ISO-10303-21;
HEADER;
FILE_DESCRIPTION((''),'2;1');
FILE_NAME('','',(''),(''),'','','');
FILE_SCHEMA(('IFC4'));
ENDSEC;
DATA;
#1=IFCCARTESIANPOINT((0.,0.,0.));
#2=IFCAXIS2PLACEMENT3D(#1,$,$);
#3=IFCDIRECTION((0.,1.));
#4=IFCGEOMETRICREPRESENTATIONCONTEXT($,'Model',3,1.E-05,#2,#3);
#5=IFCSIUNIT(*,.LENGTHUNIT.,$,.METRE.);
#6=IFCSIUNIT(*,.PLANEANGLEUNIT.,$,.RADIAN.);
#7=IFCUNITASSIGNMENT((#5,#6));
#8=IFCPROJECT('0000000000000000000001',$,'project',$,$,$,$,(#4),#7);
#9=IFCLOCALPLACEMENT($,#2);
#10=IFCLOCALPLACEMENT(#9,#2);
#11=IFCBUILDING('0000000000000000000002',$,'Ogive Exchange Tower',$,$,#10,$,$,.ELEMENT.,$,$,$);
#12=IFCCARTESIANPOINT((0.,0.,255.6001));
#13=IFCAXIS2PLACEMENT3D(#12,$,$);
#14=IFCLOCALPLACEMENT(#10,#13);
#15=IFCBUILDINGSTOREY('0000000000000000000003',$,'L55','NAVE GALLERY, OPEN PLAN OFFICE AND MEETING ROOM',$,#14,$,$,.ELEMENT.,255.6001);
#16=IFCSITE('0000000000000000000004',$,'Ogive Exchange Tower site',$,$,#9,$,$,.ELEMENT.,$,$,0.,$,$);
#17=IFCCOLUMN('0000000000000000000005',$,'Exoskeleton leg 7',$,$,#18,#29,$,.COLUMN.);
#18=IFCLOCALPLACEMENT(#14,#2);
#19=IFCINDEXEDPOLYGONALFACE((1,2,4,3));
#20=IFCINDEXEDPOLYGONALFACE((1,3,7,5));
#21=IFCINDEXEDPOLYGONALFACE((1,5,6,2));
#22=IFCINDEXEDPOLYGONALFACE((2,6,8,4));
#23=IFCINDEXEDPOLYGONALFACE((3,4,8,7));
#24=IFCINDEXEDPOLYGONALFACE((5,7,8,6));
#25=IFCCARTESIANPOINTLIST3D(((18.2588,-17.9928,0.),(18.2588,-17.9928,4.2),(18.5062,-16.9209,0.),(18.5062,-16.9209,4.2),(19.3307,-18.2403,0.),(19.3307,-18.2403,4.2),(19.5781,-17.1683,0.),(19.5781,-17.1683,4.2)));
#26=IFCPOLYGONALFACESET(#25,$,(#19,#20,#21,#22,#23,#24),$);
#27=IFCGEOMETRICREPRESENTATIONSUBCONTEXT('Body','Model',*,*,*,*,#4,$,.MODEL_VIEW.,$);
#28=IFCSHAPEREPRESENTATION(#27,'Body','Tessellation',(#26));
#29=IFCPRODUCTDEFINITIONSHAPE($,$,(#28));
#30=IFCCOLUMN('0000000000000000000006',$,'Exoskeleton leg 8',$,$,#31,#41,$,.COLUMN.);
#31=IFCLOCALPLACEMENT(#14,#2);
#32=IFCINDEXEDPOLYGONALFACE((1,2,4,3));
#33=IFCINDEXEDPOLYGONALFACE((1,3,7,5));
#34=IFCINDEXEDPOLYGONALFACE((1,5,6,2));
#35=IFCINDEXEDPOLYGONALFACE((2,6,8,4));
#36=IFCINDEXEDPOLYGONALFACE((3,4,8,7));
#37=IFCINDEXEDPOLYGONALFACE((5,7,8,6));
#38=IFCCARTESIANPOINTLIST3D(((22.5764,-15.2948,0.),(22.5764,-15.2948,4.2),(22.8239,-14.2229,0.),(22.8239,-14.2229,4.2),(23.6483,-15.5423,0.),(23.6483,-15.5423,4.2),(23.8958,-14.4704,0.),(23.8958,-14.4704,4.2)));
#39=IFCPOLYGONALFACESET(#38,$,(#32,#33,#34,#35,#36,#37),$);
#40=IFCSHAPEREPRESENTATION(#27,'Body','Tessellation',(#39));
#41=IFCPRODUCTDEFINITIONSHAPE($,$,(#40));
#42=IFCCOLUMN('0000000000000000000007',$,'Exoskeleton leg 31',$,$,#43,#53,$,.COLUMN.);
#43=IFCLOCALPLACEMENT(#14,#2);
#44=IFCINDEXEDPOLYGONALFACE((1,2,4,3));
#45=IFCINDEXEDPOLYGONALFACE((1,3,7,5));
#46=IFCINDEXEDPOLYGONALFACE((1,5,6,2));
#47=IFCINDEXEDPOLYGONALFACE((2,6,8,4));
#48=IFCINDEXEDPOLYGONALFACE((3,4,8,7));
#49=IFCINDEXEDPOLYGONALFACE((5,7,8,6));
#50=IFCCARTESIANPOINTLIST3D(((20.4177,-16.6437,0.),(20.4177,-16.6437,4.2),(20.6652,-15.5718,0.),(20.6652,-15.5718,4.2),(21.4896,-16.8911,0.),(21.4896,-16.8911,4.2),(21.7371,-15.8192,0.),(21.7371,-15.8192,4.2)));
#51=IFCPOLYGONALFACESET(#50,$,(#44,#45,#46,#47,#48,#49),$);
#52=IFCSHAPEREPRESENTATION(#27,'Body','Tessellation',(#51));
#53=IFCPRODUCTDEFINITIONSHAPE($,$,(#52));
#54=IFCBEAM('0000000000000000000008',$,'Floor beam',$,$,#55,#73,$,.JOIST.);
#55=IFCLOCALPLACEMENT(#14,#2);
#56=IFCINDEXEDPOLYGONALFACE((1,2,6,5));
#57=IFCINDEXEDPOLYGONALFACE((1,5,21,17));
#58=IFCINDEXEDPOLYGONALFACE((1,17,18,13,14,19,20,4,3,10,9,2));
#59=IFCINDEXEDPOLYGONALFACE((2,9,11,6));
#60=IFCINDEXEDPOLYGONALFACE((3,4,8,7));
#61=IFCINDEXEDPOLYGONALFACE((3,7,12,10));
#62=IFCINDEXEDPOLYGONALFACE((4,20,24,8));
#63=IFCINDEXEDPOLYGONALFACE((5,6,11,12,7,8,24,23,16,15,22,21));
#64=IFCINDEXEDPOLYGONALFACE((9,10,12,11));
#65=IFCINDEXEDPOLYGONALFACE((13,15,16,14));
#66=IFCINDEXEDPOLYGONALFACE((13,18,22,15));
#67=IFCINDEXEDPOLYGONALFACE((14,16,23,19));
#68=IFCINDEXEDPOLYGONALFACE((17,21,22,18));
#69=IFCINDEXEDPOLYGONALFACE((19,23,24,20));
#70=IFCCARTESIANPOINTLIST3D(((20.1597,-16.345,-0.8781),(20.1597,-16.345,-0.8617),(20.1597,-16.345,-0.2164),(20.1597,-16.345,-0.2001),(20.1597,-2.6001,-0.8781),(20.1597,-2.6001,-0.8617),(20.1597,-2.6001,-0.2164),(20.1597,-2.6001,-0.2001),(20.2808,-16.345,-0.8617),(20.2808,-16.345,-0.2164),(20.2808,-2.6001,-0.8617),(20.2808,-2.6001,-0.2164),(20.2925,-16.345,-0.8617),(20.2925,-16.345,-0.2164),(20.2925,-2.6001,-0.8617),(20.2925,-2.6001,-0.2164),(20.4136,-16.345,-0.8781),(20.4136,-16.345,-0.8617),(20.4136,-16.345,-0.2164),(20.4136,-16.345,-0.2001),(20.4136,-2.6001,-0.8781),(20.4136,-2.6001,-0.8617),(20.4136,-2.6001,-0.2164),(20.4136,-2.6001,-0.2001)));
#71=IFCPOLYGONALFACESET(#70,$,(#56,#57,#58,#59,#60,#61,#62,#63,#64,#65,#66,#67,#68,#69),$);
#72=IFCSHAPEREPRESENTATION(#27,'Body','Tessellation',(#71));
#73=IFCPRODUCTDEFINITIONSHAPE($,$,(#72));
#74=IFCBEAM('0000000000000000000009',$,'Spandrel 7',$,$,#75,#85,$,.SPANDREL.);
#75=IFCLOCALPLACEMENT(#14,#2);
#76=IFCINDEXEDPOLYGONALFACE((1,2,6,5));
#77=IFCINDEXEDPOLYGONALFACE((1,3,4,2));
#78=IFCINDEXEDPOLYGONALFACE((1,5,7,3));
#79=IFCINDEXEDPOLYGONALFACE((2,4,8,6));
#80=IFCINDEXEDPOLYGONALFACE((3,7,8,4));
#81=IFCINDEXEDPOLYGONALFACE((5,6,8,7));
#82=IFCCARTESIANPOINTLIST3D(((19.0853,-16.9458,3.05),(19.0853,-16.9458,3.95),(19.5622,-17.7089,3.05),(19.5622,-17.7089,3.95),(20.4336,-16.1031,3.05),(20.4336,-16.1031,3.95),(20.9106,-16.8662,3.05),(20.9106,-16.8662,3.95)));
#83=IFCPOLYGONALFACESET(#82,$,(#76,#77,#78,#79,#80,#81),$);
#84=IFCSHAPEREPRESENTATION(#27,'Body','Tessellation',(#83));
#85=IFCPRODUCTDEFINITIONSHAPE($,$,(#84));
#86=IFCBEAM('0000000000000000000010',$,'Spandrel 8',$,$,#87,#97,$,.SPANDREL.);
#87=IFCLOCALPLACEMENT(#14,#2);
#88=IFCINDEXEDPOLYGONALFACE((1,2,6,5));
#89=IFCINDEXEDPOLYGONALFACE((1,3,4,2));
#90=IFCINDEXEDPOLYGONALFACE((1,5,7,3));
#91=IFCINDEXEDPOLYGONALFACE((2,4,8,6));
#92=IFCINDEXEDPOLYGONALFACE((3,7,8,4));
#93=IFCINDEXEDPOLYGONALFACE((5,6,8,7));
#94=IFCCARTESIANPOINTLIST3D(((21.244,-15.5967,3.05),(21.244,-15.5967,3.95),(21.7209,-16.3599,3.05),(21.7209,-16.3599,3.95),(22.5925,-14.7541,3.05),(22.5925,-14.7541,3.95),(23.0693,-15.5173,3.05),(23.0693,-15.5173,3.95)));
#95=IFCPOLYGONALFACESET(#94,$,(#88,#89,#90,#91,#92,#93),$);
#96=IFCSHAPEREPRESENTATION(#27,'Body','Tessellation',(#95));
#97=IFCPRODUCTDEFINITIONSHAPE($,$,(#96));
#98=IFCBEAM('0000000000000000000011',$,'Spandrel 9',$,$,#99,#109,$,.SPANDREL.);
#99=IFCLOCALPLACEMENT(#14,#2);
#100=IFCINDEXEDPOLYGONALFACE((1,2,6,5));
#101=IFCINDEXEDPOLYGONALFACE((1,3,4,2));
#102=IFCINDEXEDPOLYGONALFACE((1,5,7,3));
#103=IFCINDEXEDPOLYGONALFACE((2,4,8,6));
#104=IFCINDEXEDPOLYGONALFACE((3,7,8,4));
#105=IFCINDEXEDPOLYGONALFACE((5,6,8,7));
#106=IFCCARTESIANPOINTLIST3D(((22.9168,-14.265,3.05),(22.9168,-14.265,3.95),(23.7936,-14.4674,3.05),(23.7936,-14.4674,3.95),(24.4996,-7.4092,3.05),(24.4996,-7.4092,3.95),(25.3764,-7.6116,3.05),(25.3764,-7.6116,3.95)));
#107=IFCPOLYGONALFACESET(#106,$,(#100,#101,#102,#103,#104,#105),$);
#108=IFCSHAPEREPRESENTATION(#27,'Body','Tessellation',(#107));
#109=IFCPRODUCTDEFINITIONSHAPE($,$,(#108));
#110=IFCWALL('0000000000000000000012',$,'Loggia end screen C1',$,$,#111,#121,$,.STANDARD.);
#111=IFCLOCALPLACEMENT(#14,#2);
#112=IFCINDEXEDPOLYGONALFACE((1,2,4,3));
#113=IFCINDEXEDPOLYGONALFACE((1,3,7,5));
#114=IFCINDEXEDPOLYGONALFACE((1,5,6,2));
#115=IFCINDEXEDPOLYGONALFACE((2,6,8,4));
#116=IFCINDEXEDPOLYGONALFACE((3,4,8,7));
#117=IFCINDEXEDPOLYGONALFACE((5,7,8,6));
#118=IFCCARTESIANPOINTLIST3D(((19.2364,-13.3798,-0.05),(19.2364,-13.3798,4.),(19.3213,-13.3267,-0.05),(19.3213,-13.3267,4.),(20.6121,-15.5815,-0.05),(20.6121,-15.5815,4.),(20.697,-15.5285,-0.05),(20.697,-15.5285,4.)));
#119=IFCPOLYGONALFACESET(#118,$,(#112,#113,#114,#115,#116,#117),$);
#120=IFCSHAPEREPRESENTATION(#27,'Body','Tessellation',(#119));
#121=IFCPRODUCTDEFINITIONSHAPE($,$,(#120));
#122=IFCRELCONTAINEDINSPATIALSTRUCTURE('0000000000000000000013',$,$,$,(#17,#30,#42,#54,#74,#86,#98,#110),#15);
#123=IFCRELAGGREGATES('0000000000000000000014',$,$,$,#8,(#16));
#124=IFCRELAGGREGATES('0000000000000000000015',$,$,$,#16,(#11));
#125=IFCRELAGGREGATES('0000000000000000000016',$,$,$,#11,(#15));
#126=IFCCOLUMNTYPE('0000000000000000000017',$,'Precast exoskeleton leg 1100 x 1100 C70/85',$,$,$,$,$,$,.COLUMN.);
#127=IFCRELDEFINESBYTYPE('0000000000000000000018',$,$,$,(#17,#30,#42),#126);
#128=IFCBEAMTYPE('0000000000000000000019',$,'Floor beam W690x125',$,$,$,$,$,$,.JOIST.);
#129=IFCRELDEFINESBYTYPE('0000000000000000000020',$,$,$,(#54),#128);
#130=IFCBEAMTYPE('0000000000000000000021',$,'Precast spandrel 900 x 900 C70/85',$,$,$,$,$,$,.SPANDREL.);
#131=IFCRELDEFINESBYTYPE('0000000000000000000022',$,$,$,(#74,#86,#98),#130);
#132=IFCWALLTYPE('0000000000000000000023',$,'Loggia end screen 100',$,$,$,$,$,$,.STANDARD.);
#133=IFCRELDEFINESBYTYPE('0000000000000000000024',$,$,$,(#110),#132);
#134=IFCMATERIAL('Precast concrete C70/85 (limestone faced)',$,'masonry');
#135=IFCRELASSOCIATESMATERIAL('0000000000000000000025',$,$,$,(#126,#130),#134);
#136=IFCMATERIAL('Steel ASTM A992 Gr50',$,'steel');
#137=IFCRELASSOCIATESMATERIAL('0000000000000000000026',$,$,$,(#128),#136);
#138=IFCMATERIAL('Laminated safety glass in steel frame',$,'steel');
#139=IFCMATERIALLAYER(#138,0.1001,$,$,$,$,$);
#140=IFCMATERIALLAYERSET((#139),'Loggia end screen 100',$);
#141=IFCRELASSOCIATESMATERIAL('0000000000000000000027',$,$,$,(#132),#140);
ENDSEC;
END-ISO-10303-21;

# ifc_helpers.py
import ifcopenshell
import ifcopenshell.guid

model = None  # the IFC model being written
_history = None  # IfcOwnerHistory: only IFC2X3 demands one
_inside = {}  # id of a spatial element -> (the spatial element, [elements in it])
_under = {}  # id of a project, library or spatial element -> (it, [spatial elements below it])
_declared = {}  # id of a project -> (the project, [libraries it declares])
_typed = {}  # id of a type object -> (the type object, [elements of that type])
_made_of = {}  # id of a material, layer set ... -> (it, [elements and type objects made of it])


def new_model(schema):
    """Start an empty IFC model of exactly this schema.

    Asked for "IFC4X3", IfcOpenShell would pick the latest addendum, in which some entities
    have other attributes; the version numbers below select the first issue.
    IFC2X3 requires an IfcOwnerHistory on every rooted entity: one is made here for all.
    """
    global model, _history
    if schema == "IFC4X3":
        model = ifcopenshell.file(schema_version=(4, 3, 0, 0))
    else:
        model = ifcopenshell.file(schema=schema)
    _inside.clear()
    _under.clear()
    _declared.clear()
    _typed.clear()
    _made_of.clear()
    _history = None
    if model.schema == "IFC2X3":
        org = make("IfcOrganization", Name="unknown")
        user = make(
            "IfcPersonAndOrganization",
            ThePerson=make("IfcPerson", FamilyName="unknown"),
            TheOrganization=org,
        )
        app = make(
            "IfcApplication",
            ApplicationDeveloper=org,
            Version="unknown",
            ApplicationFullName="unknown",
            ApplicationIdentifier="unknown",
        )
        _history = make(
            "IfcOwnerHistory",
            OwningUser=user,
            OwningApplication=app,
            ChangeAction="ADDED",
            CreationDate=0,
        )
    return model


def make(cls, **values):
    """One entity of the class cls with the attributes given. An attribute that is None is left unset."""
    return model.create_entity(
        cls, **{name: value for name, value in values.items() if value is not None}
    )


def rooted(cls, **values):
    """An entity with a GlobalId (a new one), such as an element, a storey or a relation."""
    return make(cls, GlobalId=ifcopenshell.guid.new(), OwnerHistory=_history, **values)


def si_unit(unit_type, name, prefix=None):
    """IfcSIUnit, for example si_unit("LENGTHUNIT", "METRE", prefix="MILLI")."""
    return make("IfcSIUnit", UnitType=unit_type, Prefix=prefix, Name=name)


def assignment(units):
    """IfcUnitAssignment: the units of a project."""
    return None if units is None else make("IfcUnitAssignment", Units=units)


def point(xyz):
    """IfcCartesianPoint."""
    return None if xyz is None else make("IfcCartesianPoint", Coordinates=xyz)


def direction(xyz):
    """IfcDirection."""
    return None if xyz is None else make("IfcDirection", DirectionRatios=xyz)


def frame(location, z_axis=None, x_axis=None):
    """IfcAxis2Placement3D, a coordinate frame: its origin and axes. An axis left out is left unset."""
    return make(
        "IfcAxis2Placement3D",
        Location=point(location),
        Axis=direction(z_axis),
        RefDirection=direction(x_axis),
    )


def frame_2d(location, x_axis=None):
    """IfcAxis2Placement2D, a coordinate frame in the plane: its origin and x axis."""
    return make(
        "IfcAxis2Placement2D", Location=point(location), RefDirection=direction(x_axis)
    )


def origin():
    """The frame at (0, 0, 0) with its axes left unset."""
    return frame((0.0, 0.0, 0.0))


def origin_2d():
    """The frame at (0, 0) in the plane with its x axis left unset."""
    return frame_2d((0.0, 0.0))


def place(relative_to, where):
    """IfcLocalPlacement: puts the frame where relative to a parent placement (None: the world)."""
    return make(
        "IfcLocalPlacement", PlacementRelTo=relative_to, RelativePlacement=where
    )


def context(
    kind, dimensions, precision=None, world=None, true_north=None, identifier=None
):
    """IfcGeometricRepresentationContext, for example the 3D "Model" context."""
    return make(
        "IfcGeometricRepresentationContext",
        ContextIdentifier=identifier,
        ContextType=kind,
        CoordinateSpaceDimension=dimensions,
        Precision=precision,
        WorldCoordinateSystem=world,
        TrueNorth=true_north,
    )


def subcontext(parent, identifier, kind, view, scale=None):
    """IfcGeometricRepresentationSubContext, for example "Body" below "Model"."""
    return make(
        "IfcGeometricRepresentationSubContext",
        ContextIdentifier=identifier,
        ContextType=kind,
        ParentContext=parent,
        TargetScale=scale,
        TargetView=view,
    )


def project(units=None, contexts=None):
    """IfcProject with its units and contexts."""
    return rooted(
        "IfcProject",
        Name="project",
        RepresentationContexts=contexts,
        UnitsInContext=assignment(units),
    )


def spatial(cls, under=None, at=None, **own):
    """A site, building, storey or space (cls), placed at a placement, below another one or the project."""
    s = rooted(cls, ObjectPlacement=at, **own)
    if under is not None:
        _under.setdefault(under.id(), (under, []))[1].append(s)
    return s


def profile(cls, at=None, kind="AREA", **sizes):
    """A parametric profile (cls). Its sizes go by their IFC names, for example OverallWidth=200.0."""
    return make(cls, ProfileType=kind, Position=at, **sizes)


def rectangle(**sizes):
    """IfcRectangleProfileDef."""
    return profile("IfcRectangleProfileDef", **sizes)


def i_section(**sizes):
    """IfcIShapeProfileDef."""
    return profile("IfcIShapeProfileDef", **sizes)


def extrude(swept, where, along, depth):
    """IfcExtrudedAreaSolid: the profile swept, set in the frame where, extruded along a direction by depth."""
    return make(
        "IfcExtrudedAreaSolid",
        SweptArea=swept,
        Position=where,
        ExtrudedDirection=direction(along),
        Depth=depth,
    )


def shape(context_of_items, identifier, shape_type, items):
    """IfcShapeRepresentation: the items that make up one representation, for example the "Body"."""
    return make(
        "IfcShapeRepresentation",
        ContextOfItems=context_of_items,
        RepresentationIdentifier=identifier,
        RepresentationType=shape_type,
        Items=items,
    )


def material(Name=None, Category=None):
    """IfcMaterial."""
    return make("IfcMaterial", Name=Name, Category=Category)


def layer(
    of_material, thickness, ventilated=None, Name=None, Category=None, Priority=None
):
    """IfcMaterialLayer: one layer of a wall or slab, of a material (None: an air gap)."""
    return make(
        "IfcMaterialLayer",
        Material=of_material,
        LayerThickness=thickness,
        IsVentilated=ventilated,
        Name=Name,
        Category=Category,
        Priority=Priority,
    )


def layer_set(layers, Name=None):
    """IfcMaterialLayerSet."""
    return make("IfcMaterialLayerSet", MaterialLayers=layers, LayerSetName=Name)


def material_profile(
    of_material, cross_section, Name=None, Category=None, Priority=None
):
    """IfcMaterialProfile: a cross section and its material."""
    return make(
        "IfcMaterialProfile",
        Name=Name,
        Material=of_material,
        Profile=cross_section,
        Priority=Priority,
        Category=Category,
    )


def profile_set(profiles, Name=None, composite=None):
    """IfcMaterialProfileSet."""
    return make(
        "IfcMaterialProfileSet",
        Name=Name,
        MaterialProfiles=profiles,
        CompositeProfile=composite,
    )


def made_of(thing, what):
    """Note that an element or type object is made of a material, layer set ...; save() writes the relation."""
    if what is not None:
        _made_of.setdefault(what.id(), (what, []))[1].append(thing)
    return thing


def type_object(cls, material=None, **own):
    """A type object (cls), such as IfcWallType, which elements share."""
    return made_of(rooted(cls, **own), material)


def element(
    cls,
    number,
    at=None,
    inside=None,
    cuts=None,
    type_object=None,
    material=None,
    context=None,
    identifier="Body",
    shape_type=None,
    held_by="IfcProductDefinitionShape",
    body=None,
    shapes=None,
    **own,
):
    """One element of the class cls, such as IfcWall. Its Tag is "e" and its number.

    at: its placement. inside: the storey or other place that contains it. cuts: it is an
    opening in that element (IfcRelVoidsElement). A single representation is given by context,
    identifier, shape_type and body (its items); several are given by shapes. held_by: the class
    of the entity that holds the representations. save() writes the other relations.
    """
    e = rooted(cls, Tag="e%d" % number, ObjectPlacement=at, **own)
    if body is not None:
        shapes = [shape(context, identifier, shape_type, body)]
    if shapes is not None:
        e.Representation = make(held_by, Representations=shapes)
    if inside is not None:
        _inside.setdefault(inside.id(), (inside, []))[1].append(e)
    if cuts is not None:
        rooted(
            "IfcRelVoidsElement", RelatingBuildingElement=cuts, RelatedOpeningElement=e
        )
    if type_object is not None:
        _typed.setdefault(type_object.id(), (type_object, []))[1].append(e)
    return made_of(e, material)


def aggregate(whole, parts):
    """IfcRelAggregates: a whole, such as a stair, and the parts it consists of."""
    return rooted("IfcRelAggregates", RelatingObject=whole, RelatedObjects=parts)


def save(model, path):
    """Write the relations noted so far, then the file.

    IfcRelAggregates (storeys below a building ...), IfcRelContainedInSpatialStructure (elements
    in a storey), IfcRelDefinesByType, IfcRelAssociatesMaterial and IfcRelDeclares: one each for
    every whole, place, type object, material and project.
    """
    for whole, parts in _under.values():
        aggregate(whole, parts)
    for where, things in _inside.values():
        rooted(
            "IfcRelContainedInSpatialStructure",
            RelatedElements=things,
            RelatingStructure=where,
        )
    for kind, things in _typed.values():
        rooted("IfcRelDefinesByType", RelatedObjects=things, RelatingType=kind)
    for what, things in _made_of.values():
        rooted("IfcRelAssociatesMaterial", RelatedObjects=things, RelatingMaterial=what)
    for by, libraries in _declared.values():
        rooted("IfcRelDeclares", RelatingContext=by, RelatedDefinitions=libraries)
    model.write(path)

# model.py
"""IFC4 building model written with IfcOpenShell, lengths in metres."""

from ifc_helpers import new_model, si_unit, direction, frame, frame_2d, origin, origin_2d, place, context, subcontext, project, spatial, rectangle, i_section, extrude, material, layer, layer_set, material_profile, profile_set, type_object, element, save


model = new_model("IFC4")

# Units and contexts
model_context = context("Model", 3, precision=1e-05, world=origin(), true_north=direction((0.0, 1.0)))
body_context = subcontext(model_context, "Body", "Model", "MODEL_VIEW")
ifc_project = project(units=[si_unit("LENGTHUNIT", "METRE"), si_unit("PLANEANGLEUNIT", "RADIAN")], contexts=[model_context])

# Site, building, storey
site_placement = place(None, origin())
site = spatial("IfcSite", under=ifc_project, at=site_placement, Name="Ogive Exchange Tower site", CompositionType="ELEMENT", RefElevation=0.0)
building_placement = place(site_placement, origin())
building = spatial("IfcBuilding", under=site, at=building_placement, Name="Ogive Exchange Tower", CompositionType="ELEMENT")
storey_placement = place(building_placement, frame((0.0, 0.0, 255.6001)))
storey = spatial("IfcBuildingStorey", under=building, at=storey_placement, Name="L55", Description="NAVE GALLERY, OPEN PLAN OFFICE AND MEETING ROOM", CompositionType="ELEMENT", Elevation=255.6001)

# Columns
ifc_material_1 = material(Name="Precast concrete C70/85 (limestone faced)", Category="masonry")
ifc_material_profile_1 = material_profile(ifc_material_1, rectangle(XDim=1.1001, YDim=1.1001, at=origin_2d()), Name="1100 x 1100")
ifc_profile_set_1 = profile_set([ifc_material_profile_1], Name="Precast concrete C70/85 (limestone faced)")
column_type = type_object("IfcColumnType", Name="Precast exoskeleton leg 1100 x 1100 C70/85", PredefinedType="COLUMN", material=ifc_profile_set_1)
for number, where, z_axis, x_axis, name in (
    (1, (18.9185, -17.5806, 0.0), (0.0, 0.0, 1.0), (0.97437, -0.224951, 0.0), "Exoskeleton leg 7"),
    (2, (23.2361, -14.8826, 0.0), (0.0, 0.0, 1.0), (0.97437, -0.224951, 0.0), "Exoskeleton leg 8"),
    (3, (21.0774, -16.2314, 0.0), (0.0, 0.0, 1.0), (0.97437, -0.224951, 0.0), "Exoskeleton leg 31"),
):
    element("IfcColumn", number, at=place(storey_placement, frame(where, z_axis=z_axis, x_axis=x_axis)), inside=storey, type_object=column_type, Name=name, PredefinedType="COLUMN", context=body_context, shape_type="SweptSolid", body=[
        extrude(rectangle(XDim=1.1001, YDim=1.1001, at=origin_2d()), origin(), (0.0, 0.0, 1.0), 4.2),
    ])

# Beams
ifc_material_2 = material(Name="Steel ASTM A992 Gr50", Category="steel")
ifc_material_profile_2 = material_profile(ifc_material_2, i_section(OverallWidth=0.2539, OverallDepth=0.678, WebThickness=0.0117, FlangeThickness=0.0164, at=origin_2d()), Name="W690x125")
ifc_profile_set_2 = profile_set([ifc_material_profile_2], Name="Steel ASTM A992 Gr50")
beam_type_1 = type_object("IfcBeamType", Name="Floor beam W690x125", PredefinedType="JOIST", material=ifc_profile_set_2)
beam_1_placement = place(storey_placement, frame((20.2866, -16.345, -0.5391), z_axis=(0.0, 1.0, 0.0), x_axis=(-1.0, 0.0, 0.0)))
element("IfcBeam", 4, at=beam_1_placement, inside=storey, type_object=beam_type_1, Name="Floor beam", PredefinedType="JOIST", context=body_context, shape_type="SweptSolid", body=[
    extrude(i_section(OverallWidth=0.2539, OverallDepth=0.678, WebThickness=0.0117, FlangeThickness=0.0164, at=origin_2d()), origin(), (0.0, 0.0, 1.0), 13.7449),
])
ifc_material_profile_3 = material_profile(ifc_material_1, rectangle(XDim=0.8999, YDim=0.8999, at=origin_2d()), Name="900 x 900")
ifc_profile_set_3 = profile_set([ifc_material_profile_3], Name="Precast concrete C70/85 (limestone faced)")
beam_type_2 = type_object("IfcBeamType", Name="Precast spandrel 900 x 900 C70/85", PredefinedType="SPANDREL", material=ifc_profile_set_3)
for number, where, z_axis, x_axis, name in (
    (5, (19.3237, -17.3274, 3.5), (0.84799, 0.530013, 0.0), (-0.530013, 0.84799, 0.0), "Spandrel 7"),
    (6, (21.4824, -15.9783, 3.5), (0.848059, 0.529902, 0.0), (-0.529902, 0.848059, 0.0), "Spandrel 8"),
):
    element("IfcBeam", number, at=place(storey_placement, frame(where, z_axis=z_axis, x_axis=x_axis)), inside=storey, type_object=beam_type_2, Name=name, PredefinedType="SPANDREL", context=body_context, shape_type="SweptSolid", body=[
        extrude(rectangle(XDim=0.8999, YDim=0.8999, at=origin_2d()), origin(), (0.0, 0.0, 1.0), 1.5901),
    ])
beam_2_placement = place(storey_placement, frame((23.3552, -14.3662, 3.5), z_axis=(0.224951, 0.97437, 0.0), x_axis=(-0.97437, 0.224951, 0.0)))
element("IfcBeam", 7, at=beam_2_placement, inside=storey, type_object=beam_type_2, Name="Spandrel 9", PredefinedType="SPANDREL", context=body_context, shape_type="SweptSolid", body=[
    extrude(rectangle(XDim=0.8999, YDim=0.8999, at=origin_2d()), origin(), (0.0, 0.0, 1.0), 7.0361),
])

# Wall
ifc_material_3 = material(Name="Laminated safety glass in steel frame", Category="steel")
ifc_layer = layer(ifc_material_3, 0.1001)
ifc_layer_set = layer_set([ifc_layer], Name="Loggia end screen 100")
wall_type = type_object("IfcWallType", Name="Loggia end screen 100", PredefinedType="STANDARD", material=ifc_layer_set)
wall_placement = place(storey_placement, frame((19.2788, -13.3533, -0.05), z_axis=(0.0, 0.0, 1.0), x_axis=(0.529914, -0.848051, 0.0)))
element("IfcWall", 8, at=wall_placement, inside=storey, type_object=wall_type, Name="Loggia end screen C1", PredefinedType="STANDARD", context=body_context, shape_type="SweptSolid", body=[
    extrude(rectangle(XDim=2.5962, YDim=0.1001, at=frame_2d((1.2981, 0.0))), origin(), (0.0, 0.0, 1.0), 4.05),
])

save(model, "model.ifc")
